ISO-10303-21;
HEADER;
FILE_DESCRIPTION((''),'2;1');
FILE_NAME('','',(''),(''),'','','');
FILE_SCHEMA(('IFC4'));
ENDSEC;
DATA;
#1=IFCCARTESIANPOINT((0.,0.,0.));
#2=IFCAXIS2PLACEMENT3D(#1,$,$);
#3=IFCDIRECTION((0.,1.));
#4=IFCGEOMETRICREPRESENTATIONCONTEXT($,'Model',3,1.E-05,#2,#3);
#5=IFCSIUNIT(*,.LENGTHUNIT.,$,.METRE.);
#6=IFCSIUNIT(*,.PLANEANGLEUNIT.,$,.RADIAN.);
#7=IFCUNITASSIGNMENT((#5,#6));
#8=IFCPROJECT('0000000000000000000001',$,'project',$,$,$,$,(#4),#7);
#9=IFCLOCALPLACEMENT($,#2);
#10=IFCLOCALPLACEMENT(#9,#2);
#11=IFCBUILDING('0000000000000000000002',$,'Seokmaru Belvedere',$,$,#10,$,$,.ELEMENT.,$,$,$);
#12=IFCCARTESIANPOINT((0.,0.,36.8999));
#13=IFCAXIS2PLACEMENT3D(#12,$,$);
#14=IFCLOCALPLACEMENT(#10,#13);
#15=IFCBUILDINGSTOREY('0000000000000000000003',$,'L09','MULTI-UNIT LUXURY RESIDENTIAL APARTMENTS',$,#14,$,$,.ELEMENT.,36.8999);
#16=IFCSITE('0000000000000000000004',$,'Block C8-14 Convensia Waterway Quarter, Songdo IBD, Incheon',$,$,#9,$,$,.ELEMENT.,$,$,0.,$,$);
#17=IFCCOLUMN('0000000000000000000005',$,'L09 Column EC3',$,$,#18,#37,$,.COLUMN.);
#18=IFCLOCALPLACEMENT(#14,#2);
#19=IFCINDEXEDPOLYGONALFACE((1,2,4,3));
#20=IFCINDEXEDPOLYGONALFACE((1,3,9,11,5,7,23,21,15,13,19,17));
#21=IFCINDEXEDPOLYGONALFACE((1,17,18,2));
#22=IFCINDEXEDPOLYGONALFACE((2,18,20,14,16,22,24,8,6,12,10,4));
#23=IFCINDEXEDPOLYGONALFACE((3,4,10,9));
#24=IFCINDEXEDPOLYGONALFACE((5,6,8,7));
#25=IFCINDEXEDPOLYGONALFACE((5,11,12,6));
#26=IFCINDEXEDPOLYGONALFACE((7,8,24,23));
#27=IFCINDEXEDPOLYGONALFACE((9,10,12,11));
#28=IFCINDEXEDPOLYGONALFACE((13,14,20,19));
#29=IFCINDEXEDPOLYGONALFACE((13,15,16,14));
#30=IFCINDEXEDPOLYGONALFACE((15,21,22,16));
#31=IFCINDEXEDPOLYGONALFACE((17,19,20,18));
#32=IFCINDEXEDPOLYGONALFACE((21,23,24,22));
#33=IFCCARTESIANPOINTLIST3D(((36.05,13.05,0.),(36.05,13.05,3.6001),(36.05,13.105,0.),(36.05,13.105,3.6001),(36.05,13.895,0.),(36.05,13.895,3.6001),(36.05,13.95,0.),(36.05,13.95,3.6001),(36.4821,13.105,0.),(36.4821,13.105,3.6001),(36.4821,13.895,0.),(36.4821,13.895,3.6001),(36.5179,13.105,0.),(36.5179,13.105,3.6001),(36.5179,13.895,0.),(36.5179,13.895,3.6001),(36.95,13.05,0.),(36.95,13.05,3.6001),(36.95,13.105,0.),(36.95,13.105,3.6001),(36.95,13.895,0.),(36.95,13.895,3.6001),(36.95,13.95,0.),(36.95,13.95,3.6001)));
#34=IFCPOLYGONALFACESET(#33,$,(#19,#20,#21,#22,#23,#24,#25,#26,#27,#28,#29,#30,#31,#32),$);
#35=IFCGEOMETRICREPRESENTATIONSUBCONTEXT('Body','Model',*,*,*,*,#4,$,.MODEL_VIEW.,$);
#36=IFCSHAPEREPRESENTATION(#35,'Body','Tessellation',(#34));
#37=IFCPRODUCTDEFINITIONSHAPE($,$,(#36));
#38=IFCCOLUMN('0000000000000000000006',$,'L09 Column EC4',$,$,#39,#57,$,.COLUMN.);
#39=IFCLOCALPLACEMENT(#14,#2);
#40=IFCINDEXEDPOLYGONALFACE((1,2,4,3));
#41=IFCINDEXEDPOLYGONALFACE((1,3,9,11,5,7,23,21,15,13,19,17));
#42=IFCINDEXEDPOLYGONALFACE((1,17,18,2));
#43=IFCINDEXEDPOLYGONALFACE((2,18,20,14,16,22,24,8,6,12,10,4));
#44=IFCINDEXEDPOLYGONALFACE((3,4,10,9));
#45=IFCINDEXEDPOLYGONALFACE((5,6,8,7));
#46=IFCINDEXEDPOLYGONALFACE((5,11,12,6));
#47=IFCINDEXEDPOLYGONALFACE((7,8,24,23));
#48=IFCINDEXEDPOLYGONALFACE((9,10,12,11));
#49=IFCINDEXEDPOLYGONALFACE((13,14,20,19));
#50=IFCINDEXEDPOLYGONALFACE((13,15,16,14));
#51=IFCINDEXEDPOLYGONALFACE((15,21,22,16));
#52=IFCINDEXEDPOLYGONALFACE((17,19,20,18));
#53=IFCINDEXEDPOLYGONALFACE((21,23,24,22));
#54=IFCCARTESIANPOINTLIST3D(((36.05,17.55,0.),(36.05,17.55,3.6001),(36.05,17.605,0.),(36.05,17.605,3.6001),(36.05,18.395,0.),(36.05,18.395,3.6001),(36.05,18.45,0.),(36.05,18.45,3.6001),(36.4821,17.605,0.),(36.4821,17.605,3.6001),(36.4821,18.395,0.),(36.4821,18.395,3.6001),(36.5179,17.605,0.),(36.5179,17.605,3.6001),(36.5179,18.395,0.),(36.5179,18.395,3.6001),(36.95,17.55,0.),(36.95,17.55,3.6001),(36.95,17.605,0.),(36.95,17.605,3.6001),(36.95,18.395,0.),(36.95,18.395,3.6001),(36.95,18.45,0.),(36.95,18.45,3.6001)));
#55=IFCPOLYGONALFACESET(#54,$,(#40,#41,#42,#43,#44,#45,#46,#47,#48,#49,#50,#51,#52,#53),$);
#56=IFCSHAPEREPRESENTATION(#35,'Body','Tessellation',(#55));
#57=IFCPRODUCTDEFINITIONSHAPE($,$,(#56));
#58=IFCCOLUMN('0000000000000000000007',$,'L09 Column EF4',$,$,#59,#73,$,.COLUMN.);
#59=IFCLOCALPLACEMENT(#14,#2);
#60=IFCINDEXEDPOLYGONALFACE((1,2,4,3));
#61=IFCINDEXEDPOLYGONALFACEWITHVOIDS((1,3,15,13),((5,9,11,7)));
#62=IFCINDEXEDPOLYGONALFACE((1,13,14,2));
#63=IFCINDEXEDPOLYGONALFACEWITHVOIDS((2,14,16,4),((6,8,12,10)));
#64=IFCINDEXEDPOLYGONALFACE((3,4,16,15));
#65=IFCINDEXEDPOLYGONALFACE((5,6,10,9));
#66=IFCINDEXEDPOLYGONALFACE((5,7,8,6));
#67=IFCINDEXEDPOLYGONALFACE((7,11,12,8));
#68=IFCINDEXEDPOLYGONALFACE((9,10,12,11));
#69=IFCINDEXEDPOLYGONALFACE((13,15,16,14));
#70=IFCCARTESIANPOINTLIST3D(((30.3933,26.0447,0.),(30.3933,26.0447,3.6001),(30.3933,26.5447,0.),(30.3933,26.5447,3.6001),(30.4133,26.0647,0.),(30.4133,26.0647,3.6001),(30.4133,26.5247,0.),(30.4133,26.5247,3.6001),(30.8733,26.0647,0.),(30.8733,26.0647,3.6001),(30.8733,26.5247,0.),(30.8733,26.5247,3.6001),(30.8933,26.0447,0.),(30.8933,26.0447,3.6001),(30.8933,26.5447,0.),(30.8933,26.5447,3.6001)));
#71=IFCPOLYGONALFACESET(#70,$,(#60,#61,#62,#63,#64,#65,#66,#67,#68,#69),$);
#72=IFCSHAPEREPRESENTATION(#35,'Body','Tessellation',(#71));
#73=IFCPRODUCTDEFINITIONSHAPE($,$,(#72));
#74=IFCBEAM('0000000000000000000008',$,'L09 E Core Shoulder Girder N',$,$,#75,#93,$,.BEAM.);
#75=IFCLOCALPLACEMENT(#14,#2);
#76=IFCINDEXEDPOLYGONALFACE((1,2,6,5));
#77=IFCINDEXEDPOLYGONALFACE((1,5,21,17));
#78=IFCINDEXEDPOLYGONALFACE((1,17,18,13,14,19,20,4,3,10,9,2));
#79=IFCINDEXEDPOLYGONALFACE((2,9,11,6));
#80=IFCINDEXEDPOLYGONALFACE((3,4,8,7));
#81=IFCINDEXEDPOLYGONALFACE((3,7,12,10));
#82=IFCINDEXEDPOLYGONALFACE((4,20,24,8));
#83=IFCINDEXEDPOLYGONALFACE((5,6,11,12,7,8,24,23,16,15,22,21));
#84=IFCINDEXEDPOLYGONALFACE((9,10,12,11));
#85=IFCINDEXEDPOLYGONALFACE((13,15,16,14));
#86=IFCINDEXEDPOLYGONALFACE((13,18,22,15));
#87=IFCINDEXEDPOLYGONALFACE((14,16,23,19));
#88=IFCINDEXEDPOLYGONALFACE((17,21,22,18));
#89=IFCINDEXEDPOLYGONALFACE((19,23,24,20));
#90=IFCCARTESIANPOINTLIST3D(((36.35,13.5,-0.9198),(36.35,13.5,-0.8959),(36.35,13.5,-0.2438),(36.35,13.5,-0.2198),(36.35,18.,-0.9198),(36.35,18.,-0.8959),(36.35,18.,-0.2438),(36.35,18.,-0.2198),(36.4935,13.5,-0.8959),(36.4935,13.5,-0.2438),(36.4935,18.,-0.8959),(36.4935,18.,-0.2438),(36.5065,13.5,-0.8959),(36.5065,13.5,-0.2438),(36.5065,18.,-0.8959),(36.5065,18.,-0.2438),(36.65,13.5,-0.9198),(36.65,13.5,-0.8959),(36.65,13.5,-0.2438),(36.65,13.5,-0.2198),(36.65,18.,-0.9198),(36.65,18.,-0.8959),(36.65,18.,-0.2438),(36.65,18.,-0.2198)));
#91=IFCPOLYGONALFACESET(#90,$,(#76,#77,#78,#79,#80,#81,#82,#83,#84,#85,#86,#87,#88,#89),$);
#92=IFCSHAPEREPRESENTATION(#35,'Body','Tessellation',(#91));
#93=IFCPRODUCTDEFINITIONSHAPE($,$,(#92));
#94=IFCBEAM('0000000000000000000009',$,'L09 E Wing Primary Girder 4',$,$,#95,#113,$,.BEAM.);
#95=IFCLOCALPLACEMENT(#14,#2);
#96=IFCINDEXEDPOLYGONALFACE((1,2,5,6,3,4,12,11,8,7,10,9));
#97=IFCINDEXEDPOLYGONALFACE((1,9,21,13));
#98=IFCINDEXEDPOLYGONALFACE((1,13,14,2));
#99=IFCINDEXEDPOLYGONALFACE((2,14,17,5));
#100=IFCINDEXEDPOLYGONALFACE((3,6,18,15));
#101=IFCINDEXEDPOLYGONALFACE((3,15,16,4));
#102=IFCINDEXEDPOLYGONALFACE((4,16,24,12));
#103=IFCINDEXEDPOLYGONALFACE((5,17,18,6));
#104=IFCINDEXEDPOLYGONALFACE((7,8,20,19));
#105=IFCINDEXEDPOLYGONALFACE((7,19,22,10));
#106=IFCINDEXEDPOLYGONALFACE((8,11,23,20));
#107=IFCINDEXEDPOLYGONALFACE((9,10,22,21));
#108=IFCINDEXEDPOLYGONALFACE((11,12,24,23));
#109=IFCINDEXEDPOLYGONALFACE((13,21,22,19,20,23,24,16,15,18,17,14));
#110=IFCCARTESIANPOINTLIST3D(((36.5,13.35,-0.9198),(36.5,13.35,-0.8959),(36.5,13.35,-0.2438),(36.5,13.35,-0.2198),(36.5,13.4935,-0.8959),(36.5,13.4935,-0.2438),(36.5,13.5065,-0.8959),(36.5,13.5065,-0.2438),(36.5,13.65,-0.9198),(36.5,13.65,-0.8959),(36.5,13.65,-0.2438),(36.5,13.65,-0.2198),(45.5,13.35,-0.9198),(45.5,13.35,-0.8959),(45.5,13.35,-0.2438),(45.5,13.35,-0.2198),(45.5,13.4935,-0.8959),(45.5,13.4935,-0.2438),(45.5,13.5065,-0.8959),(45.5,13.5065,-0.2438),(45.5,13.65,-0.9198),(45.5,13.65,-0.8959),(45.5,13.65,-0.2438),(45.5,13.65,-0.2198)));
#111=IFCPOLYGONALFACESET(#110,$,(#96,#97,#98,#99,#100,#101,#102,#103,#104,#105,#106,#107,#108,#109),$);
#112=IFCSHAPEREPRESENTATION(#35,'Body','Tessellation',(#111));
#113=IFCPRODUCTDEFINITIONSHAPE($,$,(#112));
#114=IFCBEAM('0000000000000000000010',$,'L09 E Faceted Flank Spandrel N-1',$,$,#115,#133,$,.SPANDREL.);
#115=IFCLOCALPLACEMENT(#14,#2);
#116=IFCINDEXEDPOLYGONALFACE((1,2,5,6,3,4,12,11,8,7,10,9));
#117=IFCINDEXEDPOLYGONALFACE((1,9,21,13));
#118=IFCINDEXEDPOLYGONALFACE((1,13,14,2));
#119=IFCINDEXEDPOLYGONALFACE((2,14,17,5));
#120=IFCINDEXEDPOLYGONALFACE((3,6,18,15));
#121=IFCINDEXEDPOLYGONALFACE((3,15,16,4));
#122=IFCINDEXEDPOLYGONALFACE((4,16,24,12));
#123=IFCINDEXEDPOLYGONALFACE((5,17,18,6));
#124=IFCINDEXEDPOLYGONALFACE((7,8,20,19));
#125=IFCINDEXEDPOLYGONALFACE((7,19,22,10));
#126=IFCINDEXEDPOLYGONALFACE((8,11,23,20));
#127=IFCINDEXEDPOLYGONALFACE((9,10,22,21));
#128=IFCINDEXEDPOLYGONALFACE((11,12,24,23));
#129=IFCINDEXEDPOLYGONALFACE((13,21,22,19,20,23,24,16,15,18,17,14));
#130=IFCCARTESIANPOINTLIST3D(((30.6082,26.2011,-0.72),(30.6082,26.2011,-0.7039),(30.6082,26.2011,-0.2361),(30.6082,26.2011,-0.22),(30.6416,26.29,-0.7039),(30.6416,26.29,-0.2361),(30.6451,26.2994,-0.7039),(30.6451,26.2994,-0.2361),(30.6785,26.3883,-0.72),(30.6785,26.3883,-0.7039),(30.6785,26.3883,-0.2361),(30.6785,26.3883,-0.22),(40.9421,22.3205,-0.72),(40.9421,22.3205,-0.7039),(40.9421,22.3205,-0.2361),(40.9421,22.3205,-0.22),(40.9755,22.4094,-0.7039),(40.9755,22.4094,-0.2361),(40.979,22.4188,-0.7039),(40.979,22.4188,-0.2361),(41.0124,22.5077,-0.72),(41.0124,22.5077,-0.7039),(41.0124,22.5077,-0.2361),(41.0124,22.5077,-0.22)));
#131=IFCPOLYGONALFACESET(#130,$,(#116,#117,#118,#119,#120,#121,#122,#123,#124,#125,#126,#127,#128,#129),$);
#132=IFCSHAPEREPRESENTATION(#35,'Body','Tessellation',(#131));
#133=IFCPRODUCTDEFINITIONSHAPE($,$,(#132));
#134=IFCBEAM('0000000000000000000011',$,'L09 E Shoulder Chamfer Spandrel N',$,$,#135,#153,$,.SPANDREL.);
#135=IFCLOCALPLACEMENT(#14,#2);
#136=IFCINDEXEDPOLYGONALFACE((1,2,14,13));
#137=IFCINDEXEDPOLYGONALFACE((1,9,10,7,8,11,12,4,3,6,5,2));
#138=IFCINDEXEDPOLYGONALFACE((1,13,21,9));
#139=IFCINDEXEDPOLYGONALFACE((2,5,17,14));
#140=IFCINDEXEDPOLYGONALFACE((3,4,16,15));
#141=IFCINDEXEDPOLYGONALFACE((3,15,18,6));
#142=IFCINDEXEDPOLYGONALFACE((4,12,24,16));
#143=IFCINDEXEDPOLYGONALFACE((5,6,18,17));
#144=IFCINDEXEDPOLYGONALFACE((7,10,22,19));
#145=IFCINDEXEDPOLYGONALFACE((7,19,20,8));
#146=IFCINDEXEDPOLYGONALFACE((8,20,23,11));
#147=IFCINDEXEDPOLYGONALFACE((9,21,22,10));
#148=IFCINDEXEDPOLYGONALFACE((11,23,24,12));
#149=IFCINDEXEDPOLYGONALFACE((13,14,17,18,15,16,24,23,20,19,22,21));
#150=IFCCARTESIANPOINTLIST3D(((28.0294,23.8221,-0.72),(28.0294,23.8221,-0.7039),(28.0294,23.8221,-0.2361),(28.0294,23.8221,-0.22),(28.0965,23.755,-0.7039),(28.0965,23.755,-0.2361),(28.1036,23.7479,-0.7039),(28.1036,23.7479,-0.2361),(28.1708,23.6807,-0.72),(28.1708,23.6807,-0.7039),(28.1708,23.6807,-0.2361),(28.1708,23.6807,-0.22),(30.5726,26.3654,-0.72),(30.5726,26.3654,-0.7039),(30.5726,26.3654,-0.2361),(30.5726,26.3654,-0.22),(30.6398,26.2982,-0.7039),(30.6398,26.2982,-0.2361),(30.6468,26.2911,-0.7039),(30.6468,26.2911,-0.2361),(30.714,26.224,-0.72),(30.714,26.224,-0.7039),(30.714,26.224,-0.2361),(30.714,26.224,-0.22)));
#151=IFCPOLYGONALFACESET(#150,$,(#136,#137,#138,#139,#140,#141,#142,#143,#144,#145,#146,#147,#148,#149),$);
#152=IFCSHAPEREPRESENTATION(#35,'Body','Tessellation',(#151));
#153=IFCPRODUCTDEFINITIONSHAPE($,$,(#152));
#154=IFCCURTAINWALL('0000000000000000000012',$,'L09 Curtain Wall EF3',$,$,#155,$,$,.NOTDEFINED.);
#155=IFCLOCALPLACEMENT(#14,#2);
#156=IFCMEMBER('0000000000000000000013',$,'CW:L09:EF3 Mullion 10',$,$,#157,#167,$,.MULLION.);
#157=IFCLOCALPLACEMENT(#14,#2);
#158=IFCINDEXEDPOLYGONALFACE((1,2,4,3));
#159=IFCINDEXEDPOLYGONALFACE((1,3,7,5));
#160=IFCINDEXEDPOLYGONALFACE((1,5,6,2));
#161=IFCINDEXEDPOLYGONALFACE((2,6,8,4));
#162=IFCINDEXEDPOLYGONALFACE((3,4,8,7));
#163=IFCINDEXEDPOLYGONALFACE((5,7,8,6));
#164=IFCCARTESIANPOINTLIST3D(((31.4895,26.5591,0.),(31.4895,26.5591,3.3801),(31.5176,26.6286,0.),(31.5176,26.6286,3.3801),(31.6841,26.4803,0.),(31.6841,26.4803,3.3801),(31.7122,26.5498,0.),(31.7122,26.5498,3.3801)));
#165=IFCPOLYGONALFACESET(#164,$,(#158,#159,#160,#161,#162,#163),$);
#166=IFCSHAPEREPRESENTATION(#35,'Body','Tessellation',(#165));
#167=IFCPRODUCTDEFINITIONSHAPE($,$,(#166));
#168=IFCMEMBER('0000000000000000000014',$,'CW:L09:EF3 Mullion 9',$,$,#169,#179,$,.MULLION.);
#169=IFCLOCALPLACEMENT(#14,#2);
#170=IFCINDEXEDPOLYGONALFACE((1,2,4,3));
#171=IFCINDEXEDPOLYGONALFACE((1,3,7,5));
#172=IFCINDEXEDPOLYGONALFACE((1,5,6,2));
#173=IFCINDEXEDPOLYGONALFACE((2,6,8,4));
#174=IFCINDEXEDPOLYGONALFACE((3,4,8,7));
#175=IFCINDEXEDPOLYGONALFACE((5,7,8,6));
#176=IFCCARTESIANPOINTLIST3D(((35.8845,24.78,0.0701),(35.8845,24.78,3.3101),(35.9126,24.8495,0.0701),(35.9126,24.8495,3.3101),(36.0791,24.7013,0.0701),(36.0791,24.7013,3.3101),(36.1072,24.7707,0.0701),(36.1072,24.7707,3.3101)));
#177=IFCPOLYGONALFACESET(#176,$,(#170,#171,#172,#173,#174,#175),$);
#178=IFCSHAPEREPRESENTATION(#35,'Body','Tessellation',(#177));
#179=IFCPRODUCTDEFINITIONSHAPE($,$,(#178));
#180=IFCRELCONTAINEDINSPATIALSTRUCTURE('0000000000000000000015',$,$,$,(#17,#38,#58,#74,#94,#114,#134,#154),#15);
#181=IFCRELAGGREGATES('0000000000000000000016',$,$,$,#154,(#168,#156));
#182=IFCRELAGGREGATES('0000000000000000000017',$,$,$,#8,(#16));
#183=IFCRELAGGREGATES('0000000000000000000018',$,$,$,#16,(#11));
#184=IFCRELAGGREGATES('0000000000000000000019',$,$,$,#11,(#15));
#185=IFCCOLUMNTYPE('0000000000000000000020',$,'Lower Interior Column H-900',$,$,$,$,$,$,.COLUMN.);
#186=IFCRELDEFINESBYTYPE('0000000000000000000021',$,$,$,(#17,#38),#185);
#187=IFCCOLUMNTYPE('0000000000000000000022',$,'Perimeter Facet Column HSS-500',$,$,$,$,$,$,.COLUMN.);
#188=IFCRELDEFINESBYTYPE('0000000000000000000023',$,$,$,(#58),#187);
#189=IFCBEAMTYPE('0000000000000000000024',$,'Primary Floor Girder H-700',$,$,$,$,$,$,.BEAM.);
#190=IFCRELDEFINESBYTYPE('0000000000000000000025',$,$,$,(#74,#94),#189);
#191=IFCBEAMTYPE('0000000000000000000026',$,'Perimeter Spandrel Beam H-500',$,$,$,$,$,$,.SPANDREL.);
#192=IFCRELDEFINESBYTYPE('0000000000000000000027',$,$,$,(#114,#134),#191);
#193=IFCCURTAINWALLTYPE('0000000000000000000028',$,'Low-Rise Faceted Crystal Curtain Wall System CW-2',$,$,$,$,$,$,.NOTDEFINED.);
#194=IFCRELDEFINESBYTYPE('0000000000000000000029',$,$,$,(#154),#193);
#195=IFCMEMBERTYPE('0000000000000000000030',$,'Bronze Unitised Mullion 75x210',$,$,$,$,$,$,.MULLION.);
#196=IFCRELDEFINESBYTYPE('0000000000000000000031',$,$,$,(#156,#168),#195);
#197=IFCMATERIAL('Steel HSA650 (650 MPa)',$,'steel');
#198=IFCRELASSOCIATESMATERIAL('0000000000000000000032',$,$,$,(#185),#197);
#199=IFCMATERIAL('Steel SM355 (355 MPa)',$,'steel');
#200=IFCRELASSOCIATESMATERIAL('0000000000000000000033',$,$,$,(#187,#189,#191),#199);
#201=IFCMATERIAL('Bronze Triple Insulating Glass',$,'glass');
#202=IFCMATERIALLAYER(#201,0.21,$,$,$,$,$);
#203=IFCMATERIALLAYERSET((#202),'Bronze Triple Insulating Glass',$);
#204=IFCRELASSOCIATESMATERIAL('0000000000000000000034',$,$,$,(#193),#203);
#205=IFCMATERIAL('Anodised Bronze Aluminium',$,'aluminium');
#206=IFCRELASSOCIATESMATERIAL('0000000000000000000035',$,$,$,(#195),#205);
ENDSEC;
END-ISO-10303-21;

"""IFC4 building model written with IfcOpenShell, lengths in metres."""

from ifc_helpers import new_model, si_unit, direction, frame, origin, origin_2d, place, context, subcontext, project, spatial, rectangle, hollow_rectangle, i_section, extrude, source, transform, mapped, material, layer, layer_set, material_profile, profile_set, type_object, type_shapes, element, aggregate, save


model = new_model("IFC4")

# Units and contexts
model_context = context("Model", 3, precision=1e-05, world=origin(), true_north=direction((0.0, 1.0)))
body_context = subcontext(model_context, "Body", "Model", "MODEL_VIEW")
ifc_project = project(units=[si_unit("LENGTHUNIT", "METRE"), si_unit("PLANEANGLEUNIT", "RADIAN")], contexts=[model_context])

# Site, building, storey
site_placement = place(None, origin())
site = spatial("IfcSite", under=ifc_project, at=site_placement, Name="Block C8-14 Convensia Waterway Quarter, Songdo IBD, Incheon", CompositionType="ELEMENT", RefElevation=0.0)
building_placement = place(site_placement, origin())
building = spatial("IfcBuilding", under=site, at=building_placement, Name="Seokmaru Belvedere", CompositionType="ELEMENT")
storey_placement = place(building_placement, frame((0.0, 0.0, 36.8999)))
storey = spatial("IfcBuildingStorey", under=building, at=storey_placement, Name="L09", Description="MULTI-UNIT LUXURY RESIDENTIAL APARTMENTS", CompositionType="ELEMENT", Elevation=36.8999)

# Columns
ifc_material_1 = material(Name="Steel HSA650 (650 MPa)", Category="steel")
ifc_material_profile_1 = material_profile(ifc_material_1, i_section(OverallWidth=0.8999, OverallDepth=0.8999, WebThickness=0.0359, FlangeThickness=0.0549, at=origin_2d()), Name="H-900x900x36x55")
ifc_profile_set_1 = profile_set([ifc_material_profile_1], Name="Steel HSA650 (650 MPa)")
column_type_1 = type_object("IfcColumnType", Name="Lower Interior Column H-900", PredefinedType="COLUMN", material=ifc_profile_set_1)
shared_shape_1 = source(origin(), body_context, "Body", "SweptSolid", [
    extrude(i_section(OverallWidth=0.8999, OverallDepth=0.8999, WebThickness=0.0359, FlangeThickness=0.0549, at=origin_2d()), origin(), (0.0, 0.0, 1.0), 3.6001),
])
type_shapes(column_type_1, [shared_shape_1])
for number, where, z_axis, x_axis, name in (
    (1, (36.5, 13.5, 0.0), (0.0, 0.0, 1.0), (1.0, 0.0, 0.0), "L09 Column EC3"),
    (2, (36.5, 18.0, 0.0), (0.0, 0.0, 1.0), (1.0, 0.0, 0.0), "L09 Column EC4"),
):
    element("IfcColumn", number, at=place(storey_placement, frame(where, z_axis=z_axis, x_axis=x_axis)), inside=storey, type_object=column_type_1, Name=name, PredefinedType="COLUMN", context=body_context, shape_type="MappedRepresentation", body=[
        mapped(shared_shape_1, transform((0.0, 0.0, 0.0), scale=1.0)),
    ])
ifc_material_2 = material(Name="Steel SM355 (355 MPa)", Category="steel")
ifc_material_profile_2 = material_profile(ifc_material_2, hollow_rectangle(XDim=0.5, YDim=0.5, WallThickness=0.02, at=origin_2d()), Name="HSS-500x500x20")
ifc_profile_set_2 = profile_set([ifc_material_profile_2], Name="Steel SM355 (355 MPa)")
column_type_2 = type_object("IfcColumnType", Name="Perimeter Facet Column HSS-500", PredefinedType="COLUMN", material=ifc_profile_set_2)
shared_shape_2 = source(origin(), body_context, "Body", "SweptSolid", [
    extrude(hollow_rectangle(XDim=0.5, YDim=0.5, WallThickness=0.02, at=origin_2d()), origin(), (0.0, 0.0, 1.0), 3.6001),
])
type_shapes(column_type_2, [shared_shape_2])
column_placement = place(storey_placement, frame((30.6433, 26.2947, 0.0), z_axis=(0.0, 0.0, 1.0), x_axis=(1.0, 0.0, 0.0)))
element("IfcColumn", 3, at=column_placement, inside=storey, type_object=column_type_2, Name="L09 Column EF4", PredefinedType="COLUMN", context=body_context, shape_type="MappedRepresentation", body=[
    mapped(shared_shape_2, transform((0.0, 0.0, 0.0), scale=1.0)),
])

# Beams
ifc_material_profile_3 = material_profile(ifc_material_2, i_section(OverallWidth=0.3, OverallDepth=0.7, WebThickness=0.0129, FlangeThickness=0.0239, at=origin_2d()), Name="H-700x300x13x24")
ifc_profile_set_3 = profile_set([ifc_material_profile_3], Name="Steel SM355 (355 MPa)")
beam_type_1 = type_object("IfcBeamType", Name="Primary Floor Girder H-700", PredefinedType="BEAM", material=ifc_profile_set_3)
shared_shape_3 = source(origin(), body_context, "Body", "SweptSolid", [
    extrude(i_section(OverallWidth=0.3, OverallDepth=0.7, WebThickness=0.0129, FlangeThickness=0.0239, at=origin_2d()), origin(), (0.0, 0.0, 1.0), 4.5),
])
beam_1_placement = place(storey_placement, frame((36.5, 13.5, -0.5698), z_axis=(0.0, 1.0, 0.0), x_axis=(-1.0, 0.0, 0.0)))
element("IfcBeam", 4, at=beam_1_placement, inside=storey, type_object=beam_type_1, Name="L09 E Core Shoulder Girder N", PredefinedType="BEAM", context=body_context, shape_type="MappedRepresentation", body=[
    mapped(shared_shape_3, transform((0.0, 0.0, 0.0), scale=1.0)),
])
shared_shape_4 = source(origin(), body_context, "Body", "SweptSolid", [
    extrude(i_section(OverallWidth=0.3, OverallDepth=0.7, WebThickness=0.0129, FlangeThickness=0.0239, at=origin_2d()), origin(), (0.0, 0.0, 1.0), 9.0),
])
type_shapes(beam_type_1, [shared_shape_3, shared_shape_4])
beam_2_placement = place(storey_placement, frame((36.5, 13.5, -0.5698), z_axis=(1.0, 0.0, 0.0), x_axis=(0.0, 1.0, 0.0)))
element("IfcBeam", 5, at=beam_2_placement, inside=storey, type_object=beam_type_1, Name="L09 E Wing Primary Girder 4", PredefinedType="BEAM", context=body_context, shape_type="MappedRepresentation", body=[
    mapped(shared_shape_4, transform((0.0, 0.0, 0.0), scale=1.0)),
])
ifc_material_profile_4 = material_profile(ifc_material_2, i_section(OverallWidth=0.2, OverallDepth=0.5, WebThickness=0.01, FlangeThickness=0.0161, at=origin_2d()), Name="H-500x200x10x16")
ifc_profile_set_4 = profile_set([ifc_material_profile_4], Name="Steel SM355 (355 MPa)")
beam_type_2 = type_object("IfcBeamType", Name="Perimeter Spandrel Beam H-500", PredefinedType="SPANDREL", material=ifc_profile_set_4)
shared_shape_5 = source(origin(), body_context, "Body", "SweptSolid", [
    extrude(i_section(OverallWidth=0.2, OverallDepth=0.5, WebThickness=0.01, FlangeThickness=0.0161, at=origin_2d()), origin(), (0.0, 0.0, 1.0), 11.0386),
])
beam_3_placement = place(storey_placement, frame((30.6433, 26.2947, -0.47), z_axis=(0.936169, -0.35155, 0.0), x_axis=(0.35155, 0.936169, 0.0)))
element("IfcBeam", 6, at=beam_3_placement, inside=storey, type_object=beam_type_2, Name="L09 E Faceted Flank Spandrel N-1", PredefinedType="SPANDREL", context=body_context, shape_type="MappedRepresentation", body=[
    mapped(shared_shape_5, transform((0.0, 0.0, 0.0), scale=1.0)),
])
shared_shape_6 = source(origin(), body_context, "Body", "SweptSolid", [
    extrude(i_section(OverallWidth=0.2, OverallDepth=0.5, WebThickness=0.01, FlangeThickness=0.0161, at=origin_2d()), origin(), (0.0, 0.0, 1.0), 3.5967),
])
type_shapes(beam_type_2, [shared_shape_5, shared_shape_6])
beam_4_placement = place(storey_placement, frame((30.6433, 26.2947, -0.47), z_axis=(-0.707107, -0.707107, 0.0), x_axis=(0.707107, -0.707107, 0.0)))
element("IfcBeam", 7, at=beam_4_placement, inside=storey, type_object=beam_type_2, Name="L09 E Shoulder Chamfer Spandrel N", PredefinedType="SPANDREL", context=body_context, shape_type="MappedRepresentation", body=[
    mapped(shared_shape_6, transform((0.0, 0.0, 0.0), scale=1.0)),
])

# Curtain wall, members
ifc_material_3 = material(Name="Bronze Triple Insulating Glass", Category="glass")
ifc_layer_1 = layer(ifc_material_3, 0.21)
ifc_layer_set_1 = layer_set([ifc_layer_1], Name="Bronze Triple Insulating Glass")
curtain_wall_type = type_object("IfcCurtainWallType", Name="Low-Rise Faceted Crystal Curtain Wall System CW-2", PredefinedType="NOTDEFINED", material=ifc_layer_set_1)
curtain_wall_placement = place(storey_placement, origin())
curtain_wall = element("IfcCurtainWall", 8, at=curtain_wall_placement, inside=storey, type_object=curtain_wall_type, Name="L09 Curtain Wall EF3", PredefinedType="NOTDEFINED")
ifc_material_4 = material(Name="Anodised Bronze Aluminium", Category="aluminium")
ifc_material_profile_5 = material_profile(ifc_material_4, rectangle(XDim=0.075, YDim=0.21, at=origin_2d()), Name="CW-M-75x210")
ifc_profile_set_5 = profile_set([ifc_material_profile_5], Name="Anodised Bronze Aluminium")
member_type = type_object("IfcMemberType", Name="Bronze Unitised Mullion 75x210", PredefinedType="MULLION", material=ifc_profile_set_5)
shared_shape_7 = source(origin(), body_context, "Body", "SweptSolid", [
    extrude(rectangle(XDim=0.075, YDim=0.21, at=origin_2d()), origin(), (0.0, 0.0, 1.0), 3.3801),
])
member_1_placement = place(storey_placement, frame((31.6008, 26.5544, 0.0), z_axis=(0.0, 0.0, 1.0), x_axis=(-0.375192, -0.926947, 0.0)))
member_1 = element("IfcMember", 9, at=member_1_placement, type_object=member_type, Name="CW:L09:EF3 Mullion 10", PredefinedType="MULLION", context=body_context, shape_type="MappedRepresentation", body=[
    mapped(shared_shape_7, transform((0.0, 0.0, 0.0), scale=1.0)),
])
shared_shape_8 = source(origin(), body_context, "Body", "SweptSolid", [
    extrude(rectangle(XDim=0.075, YDim=0.21, at=origin_2d()), origin(), (0.0, 0.0, 1.0), 3.24),
])
type_shapes(member_type, [shared_shape_7, shared_shape_8])
member_2_placement = place(storey_placement, frame((35.9958, 24.7754, 0.0701), z_axis=(0.0, 0.0, 1.0), x_axis=(-0.375192, -0.926947, 0.0)))
member_2 = element("IfcMember", 10, at=member_2_placement, type_object=member_type, Name="CW:L09:EF3 Mullion 9", PredefinedType="MULLION", context=body_context, shape_type="MappedRepresentation", body=[
    mapped(shared_shape_8, transform((0.0, 0.0, 0.0), scale=1.0)),
])
aggregate(curtain_wall, [member_2, member_1])

save(model, "model.ifc")
